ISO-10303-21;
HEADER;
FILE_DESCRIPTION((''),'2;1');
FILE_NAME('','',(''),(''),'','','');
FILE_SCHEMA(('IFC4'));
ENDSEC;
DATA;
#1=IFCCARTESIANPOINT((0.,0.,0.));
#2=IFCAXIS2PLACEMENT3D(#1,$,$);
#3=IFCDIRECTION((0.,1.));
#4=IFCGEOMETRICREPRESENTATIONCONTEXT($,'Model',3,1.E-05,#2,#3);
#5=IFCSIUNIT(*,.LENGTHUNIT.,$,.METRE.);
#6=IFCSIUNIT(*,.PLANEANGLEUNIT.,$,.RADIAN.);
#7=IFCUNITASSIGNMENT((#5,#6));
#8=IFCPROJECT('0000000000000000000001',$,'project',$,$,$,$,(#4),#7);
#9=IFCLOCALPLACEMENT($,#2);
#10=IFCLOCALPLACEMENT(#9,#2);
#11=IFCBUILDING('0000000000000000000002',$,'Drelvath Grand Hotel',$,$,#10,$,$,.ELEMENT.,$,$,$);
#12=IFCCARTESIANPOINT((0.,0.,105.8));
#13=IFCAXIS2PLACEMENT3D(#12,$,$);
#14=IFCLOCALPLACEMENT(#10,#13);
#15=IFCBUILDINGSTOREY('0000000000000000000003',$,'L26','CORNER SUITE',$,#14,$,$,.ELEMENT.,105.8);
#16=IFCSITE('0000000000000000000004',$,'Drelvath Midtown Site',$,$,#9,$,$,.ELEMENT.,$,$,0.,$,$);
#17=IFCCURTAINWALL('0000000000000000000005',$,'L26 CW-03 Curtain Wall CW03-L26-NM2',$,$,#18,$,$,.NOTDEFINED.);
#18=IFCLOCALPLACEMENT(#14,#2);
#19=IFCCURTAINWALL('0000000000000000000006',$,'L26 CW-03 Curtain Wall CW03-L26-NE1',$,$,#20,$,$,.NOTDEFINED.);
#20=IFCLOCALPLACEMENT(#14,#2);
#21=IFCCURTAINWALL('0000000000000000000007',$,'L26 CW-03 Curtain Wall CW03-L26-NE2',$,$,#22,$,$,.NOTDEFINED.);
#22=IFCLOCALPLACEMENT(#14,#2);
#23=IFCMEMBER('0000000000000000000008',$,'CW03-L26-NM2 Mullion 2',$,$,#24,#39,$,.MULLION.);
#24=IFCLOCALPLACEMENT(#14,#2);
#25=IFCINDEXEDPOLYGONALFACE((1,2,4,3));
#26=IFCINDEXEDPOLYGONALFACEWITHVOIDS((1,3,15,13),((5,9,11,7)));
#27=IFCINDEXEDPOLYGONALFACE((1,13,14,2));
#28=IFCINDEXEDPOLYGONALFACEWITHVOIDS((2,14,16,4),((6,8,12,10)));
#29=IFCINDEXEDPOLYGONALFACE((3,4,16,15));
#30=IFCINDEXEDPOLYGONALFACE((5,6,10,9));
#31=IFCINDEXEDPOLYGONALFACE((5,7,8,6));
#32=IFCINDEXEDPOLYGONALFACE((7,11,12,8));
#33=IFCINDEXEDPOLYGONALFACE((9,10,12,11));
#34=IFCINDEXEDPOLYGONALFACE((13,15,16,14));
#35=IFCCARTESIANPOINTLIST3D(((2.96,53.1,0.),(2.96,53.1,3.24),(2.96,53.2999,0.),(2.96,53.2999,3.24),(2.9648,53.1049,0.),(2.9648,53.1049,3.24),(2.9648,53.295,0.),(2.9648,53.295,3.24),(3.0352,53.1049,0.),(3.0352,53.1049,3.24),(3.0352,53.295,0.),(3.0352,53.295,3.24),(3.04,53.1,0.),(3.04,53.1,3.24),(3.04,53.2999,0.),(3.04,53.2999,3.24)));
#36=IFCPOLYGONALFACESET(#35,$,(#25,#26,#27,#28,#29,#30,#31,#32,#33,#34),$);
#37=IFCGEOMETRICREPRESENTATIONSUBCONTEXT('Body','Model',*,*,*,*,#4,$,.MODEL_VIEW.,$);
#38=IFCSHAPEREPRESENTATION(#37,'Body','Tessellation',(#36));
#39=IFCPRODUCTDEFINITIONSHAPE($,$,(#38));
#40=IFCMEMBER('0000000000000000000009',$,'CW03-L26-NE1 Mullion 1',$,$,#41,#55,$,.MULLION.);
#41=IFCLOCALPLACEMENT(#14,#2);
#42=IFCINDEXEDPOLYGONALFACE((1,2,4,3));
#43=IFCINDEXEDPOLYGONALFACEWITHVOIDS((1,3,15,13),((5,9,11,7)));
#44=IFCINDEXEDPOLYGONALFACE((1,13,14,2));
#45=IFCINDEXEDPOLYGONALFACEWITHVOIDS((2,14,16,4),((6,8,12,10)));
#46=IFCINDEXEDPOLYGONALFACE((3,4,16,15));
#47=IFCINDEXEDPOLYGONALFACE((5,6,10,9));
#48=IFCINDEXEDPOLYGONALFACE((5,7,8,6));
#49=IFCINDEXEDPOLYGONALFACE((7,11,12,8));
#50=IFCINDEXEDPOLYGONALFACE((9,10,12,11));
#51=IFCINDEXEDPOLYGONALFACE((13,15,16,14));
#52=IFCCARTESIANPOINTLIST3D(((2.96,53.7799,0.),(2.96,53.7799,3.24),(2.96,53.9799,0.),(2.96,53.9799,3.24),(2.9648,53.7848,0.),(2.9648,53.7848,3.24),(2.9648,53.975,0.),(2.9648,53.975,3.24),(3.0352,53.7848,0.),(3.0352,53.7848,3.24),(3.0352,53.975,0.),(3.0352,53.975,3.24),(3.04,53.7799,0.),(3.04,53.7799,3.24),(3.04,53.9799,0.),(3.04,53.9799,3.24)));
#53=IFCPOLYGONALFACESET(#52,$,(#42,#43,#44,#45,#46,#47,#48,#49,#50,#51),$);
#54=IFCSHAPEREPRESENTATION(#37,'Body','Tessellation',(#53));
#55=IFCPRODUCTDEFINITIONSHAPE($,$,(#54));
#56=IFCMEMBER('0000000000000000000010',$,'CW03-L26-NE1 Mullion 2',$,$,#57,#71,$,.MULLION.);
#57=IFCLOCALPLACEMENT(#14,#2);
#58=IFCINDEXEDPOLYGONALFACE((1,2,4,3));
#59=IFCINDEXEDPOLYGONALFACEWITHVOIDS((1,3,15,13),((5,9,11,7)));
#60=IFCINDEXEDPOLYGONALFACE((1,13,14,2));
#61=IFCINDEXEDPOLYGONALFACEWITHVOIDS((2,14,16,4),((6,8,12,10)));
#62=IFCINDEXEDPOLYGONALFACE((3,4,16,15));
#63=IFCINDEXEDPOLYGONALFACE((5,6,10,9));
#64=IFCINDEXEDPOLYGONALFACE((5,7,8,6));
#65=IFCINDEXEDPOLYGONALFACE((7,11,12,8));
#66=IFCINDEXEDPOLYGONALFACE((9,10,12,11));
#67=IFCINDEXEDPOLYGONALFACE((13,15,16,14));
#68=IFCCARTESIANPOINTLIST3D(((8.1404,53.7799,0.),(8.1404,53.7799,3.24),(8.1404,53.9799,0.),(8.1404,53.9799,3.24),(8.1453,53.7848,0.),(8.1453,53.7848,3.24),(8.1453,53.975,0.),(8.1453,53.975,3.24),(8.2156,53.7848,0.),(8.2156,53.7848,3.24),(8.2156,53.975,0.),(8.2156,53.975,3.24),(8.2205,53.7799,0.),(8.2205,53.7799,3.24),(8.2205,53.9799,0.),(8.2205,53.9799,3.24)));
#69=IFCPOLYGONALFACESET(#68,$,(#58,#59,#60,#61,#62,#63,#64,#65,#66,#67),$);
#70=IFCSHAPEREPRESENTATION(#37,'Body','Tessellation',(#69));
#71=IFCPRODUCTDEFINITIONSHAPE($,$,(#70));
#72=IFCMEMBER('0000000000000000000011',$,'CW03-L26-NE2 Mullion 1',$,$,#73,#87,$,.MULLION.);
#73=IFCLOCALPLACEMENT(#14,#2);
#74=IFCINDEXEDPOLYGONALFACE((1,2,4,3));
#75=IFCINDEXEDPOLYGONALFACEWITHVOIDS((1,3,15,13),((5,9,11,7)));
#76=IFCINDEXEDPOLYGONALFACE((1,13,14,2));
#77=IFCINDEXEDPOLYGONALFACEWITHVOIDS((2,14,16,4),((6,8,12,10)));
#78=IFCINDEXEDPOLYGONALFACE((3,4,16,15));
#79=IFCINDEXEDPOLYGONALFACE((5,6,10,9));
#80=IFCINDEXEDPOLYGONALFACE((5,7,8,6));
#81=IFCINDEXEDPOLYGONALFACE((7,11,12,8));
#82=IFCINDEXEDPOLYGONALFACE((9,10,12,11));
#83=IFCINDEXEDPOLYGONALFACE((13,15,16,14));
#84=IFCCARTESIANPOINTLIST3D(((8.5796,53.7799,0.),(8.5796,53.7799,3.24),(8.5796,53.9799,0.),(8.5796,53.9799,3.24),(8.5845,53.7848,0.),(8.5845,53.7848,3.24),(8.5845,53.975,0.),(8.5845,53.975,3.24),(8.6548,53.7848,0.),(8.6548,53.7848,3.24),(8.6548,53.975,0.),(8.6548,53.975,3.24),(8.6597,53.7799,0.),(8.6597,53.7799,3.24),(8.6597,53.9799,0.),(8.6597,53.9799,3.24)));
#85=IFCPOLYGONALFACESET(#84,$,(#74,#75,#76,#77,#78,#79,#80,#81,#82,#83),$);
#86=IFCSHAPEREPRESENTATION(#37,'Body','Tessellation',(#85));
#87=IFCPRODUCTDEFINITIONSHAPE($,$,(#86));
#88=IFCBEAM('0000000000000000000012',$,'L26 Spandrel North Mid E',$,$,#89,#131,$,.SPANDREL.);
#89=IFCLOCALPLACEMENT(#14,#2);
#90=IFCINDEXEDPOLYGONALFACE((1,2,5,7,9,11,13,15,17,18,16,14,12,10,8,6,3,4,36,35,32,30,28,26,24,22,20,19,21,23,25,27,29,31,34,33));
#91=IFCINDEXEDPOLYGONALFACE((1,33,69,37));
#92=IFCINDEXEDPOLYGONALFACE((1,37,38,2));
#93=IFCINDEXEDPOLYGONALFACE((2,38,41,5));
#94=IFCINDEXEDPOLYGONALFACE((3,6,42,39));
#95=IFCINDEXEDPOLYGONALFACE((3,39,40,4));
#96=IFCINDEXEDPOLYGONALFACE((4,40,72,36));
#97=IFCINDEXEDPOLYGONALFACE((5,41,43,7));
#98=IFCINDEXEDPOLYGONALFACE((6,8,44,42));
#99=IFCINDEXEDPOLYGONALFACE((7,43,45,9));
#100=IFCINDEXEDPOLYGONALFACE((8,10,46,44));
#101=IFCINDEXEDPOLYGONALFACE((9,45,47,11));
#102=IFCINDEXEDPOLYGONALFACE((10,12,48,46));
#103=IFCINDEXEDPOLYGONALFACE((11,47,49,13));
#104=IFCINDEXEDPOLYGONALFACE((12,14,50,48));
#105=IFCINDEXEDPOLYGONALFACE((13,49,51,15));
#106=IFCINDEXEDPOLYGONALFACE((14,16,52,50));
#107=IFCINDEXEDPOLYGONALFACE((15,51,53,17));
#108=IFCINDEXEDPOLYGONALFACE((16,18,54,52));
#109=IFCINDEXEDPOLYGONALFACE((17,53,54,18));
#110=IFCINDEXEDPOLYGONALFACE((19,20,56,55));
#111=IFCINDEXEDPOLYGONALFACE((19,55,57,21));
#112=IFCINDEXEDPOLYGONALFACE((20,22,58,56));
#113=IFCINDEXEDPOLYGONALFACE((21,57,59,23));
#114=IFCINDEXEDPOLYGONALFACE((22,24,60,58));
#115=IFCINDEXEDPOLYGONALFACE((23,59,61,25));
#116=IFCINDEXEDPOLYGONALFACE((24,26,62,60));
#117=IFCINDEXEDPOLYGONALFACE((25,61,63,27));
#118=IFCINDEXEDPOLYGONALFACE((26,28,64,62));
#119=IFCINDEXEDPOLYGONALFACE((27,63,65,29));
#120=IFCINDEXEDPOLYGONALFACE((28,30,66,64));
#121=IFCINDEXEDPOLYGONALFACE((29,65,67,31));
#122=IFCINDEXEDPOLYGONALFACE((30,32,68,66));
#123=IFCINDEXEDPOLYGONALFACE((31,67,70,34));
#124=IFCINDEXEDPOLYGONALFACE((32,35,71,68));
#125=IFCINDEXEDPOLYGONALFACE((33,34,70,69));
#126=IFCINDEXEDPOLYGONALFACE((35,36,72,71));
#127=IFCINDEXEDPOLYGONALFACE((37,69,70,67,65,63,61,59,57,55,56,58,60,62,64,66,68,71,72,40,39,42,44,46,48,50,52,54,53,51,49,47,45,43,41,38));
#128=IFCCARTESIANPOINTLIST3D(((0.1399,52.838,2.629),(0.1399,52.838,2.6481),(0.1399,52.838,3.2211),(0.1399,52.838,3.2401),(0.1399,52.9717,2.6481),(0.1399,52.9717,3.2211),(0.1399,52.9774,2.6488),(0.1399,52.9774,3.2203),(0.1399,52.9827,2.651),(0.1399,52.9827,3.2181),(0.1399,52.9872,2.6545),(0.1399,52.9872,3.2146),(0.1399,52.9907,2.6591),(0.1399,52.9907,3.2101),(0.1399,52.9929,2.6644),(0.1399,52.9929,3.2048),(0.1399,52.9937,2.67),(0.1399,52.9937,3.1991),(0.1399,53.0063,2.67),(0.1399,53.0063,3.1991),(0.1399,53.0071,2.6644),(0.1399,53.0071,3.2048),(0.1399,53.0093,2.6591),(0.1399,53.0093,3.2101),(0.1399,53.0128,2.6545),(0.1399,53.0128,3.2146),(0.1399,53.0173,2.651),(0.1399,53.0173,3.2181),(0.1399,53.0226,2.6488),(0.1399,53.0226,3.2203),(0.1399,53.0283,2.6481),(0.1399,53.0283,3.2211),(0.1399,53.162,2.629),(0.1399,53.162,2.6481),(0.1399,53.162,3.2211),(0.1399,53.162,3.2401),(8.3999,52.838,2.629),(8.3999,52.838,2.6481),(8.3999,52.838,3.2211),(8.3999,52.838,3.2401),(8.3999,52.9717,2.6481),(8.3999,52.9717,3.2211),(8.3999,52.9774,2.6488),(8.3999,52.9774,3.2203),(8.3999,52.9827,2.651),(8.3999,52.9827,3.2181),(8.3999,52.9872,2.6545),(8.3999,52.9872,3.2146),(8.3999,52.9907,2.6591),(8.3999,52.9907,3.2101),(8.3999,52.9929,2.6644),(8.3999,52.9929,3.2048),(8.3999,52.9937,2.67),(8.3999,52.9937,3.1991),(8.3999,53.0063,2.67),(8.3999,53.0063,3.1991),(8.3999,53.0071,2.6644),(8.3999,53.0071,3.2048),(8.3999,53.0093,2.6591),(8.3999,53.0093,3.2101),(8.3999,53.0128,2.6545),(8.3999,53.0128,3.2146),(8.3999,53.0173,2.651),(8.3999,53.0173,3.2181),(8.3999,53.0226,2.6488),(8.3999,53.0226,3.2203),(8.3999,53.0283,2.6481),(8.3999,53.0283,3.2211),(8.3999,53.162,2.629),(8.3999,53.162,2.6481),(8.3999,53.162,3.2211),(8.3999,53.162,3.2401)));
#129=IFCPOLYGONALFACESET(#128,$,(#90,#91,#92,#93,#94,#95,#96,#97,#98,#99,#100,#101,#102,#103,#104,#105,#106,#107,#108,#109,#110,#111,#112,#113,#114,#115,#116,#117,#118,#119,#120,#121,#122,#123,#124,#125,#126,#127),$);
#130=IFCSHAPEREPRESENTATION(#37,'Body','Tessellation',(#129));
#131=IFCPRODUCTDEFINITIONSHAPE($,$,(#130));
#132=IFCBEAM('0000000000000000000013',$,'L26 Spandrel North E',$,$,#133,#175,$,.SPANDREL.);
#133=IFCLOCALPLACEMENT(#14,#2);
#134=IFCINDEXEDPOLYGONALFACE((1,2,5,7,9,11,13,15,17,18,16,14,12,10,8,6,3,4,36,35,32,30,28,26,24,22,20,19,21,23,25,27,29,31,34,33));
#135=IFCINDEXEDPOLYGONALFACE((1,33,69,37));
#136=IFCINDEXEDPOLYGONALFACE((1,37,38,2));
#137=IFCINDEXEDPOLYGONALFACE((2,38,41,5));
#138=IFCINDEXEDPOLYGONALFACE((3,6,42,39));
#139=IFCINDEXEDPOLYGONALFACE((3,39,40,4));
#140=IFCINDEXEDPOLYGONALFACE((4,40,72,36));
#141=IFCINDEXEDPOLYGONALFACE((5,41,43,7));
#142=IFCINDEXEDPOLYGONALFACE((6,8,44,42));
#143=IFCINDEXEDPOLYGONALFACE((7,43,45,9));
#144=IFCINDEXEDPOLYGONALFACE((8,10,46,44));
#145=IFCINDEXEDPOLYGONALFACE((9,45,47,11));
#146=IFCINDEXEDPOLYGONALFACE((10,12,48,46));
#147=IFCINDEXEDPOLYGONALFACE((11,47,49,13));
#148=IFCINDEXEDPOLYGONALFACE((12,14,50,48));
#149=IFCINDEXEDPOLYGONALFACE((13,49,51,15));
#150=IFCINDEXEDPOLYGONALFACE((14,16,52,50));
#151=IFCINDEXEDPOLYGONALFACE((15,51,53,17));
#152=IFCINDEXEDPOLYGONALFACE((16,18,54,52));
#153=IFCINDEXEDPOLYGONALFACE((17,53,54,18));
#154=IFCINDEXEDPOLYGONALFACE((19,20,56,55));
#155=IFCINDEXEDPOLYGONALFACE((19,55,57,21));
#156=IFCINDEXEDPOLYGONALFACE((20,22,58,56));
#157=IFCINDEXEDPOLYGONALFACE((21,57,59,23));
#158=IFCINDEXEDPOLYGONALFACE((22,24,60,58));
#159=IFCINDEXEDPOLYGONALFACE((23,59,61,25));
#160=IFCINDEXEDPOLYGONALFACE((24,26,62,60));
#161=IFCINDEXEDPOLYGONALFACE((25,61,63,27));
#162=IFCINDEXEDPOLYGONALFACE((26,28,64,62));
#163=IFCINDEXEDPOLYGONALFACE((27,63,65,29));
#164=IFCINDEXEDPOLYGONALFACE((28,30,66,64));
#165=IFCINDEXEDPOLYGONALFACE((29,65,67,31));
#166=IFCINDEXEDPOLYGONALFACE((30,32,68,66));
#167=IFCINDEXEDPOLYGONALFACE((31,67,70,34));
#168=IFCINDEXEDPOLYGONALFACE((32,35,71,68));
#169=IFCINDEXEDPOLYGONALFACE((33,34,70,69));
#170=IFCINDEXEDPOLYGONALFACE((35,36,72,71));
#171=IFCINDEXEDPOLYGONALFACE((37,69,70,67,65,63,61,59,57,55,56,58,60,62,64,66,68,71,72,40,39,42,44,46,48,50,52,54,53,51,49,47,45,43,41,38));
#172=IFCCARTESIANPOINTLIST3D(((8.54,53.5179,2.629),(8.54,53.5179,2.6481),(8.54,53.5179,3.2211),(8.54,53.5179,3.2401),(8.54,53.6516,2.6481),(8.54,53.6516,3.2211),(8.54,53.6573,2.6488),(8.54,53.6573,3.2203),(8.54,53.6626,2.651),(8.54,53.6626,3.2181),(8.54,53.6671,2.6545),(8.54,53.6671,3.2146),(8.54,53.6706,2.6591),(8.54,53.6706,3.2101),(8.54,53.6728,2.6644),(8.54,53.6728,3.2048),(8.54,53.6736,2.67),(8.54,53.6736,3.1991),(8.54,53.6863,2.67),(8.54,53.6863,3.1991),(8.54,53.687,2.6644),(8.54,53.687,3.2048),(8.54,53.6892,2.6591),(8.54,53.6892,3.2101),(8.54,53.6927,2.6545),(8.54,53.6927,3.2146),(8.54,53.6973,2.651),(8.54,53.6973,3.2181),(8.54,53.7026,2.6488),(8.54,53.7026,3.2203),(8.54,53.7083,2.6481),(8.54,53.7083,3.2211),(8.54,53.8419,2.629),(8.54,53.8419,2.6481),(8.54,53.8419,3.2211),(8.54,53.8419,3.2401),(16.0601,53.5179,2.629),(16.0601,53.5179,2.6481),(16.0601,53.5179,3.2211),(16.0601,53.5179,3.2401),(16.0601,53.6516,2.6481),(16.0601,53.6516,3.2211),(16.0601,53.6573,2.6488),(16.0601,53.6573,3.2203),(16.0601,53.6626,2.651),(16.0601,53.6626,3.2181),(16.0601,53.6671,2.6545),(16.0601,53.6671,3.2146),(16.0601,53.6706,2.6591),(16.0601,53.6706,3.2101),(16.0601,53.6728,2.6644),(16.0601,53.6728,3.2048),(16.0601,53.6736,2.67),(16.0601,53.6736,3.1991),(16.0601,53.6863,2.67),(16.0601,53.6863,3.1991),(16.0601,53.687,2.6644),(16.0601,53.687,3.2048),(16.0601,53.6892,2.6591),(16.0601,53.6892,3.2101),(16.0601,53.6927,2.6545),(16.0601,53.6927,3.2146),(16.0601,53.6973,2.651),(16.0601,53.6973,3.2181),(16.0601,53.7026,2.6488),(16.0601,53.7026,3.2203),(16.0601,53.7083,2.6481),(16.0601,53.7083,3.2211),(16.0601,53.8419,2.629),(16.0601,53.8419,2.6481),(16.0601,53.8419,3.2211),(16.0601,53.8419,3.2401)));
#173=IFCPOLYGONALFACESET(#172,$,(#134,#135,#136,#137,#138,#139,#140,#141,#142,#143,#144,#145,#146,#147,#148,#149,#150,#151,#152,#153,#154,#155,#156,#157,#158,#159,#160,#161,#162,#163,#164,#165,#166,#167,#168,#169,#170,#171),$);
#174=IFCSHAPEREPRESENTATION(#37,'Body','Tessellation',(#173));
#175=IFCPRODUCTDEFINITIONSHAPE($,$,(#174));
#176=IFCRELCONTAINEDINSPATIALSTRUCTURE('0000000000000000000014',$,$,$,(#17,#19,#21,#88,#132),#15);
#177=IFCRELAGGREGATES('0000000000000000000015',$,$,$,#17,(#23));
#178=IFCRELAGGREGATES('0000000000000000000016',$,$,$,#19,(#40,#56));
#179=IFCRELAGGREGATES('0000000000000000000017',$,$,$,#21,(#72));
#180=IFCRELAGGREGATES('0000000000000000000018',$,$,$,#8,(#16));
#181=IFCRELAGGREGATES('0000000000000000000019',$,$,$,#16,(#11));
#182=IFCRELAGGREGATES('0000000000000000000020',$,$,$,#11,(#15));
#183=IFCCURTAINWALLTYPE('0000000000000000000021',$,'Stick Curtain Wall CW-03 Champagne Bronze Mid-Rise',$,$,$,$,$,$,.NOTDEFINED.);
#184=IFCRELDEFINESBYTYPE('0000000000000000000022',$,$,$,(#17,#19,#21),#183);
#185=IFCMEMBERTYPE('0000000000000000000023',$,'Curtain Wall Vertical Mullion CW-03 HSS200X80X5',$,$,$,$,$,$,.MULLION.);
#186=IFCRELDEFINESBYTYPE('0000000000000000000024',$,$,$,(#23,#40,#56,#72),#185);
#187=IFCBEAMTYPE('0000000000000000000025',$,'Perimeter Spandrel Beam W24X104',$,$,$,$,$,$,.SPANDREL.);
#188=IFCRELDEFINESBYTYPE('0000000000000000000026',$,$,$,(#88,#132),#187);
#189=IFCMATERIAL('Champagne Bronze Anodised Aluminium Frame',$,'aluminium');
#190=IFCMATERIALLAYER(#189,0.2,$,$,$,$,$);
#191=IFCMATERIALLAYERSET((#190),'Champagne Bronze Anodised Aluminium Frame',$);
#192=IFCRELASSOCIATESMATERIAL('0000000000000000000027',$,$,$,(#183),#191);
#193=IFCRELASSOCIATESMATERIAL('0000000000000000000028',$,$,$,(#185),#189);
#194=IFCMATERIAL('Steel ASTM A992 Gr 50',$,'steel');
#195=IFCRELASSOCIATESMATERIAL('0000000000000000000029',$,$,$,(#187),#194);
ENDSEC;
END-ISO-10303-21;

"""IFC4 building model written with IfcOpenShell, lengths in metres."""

from ifc_helpers import new_model, si_unit, direction, frame, origin, origin_2d, place, context, subcontext, project, spatial, hollow_rectangle, i_section, extrude, material, layer, layer_set, material_profile, profile_set, type_object, element, aggregate, save


model = new_model("IFC4")

# Units and contexts
model_context = context("Model", 3, precision=1e-05, world=origin(), true_north=direction((0.0, 1.0)))
body_context = subcontext(model_context, "Body", "Model", "MODEL_VIEW")
ifc_project = project(units=[si_unit("LENGTHUNIT", "METRE"), si_unit("PLANEANGLEUNIT", "RADIAN")], contexts=[model_context])

# Site, building, storey
site_placement = place(None, origin())
site = spatial("IfcSite", under=ifc_project, at=site_placement, Name="Drelvath Midtown Site", CompositionType="ELEMENT", RefElevation=0.0)
building_placement = place(site_placement, origin())
building = spatial("IfcBuilding", under=site, at=building_placement, Name="Drelvath Grand Hotel", CompositionType="ELEMENT")
storey_placement = place(building_placement, frame((0.0, 0.0, 105.8)))
storey = spatial("IfcBuildingStorey", under=building, at=storey_placement, Name="L26", Description="CORNER SUITE", CompositionType="ELEMENT", Elevation=105.8)

# Curtain walls
ifc_material_1 = material(Name="Champagne Bronze Anodised Aluminium Frame", Category="aluminium")
ifc_layer_1 = layer(ifc_material_1, 0.2)
ifc_layer_set_1 = layer_set([ifc_layer_1], Name="Champagne Bronze Anodised Aluminium Frame")
curtain_wall_type = type_object("IfcCurtainWallType", Name="Stick Curtain Wall CW-03 Champagne Bronze Mid-Rise", PredefinedType="NOTDEFINED", material=ifc_layer_set_1)
curtain_wall_1_placement = place(storey_placement, origin())
curtain_wall_1 = element("IfcCurtainWall", 1, at=curtain_wall_1_placement, inside=storey, type_object=curtain_wall_type, Name="L26 CW-03 Curtain Wall CW03-L26-NM2", PredefinedType="NOTDEFINED")
curtain_wall_2_placement = place(storey_placement, origin())
curtain_wall_2 = element("IfcCurtainWall", 2, at=curtain_wall_2_placement, inside=storey, type_object=curtain_wall_type, Name="L26 CW-03 Curtain Wall CW03-L26-NE1", PredefinedType="NOTDEFINED")
curtain_wall_3_placement = place(storey_placement, origin())
curtain_wall_3 = element("IfcCurtainWall", 3, at=curtain_wall_3_placement, inside=storey, type_object=curtain_wall_type, Name="L26 CW-03 Curtain Wall CW03-L26-NE2", PredefinedType="NOTDEFINED")
ifc_material_profile_1 = material_profile(ifc_material_1, hollow_rectangle(XDim=0.0801, YDim=0.2, WallThickness=0.0049, at=origin_2d()), Name="HSS200X80X5")
ifc_profile_set_1 = profile_set([ifc_material_profile_1], Name="Champagne Bronze Anodised Aluminium Frame")
member_type_1 = type_object("IfcMemberType", Name="Curtain Wall Vertical Mullion CW-03 HSS200X80X5", PredefinedType="MULLION", material=ifc_profile_set_1)

# Members
member_1_placement = place(storey_placement, frame((3.0, 53.2, 0.0), z_axis=(0.0, 0.0, 1.0), x_axis=(1.0, 0.0, 0.0)))
member_1 = element("IfcMember", 4, at=member_1_placement, type_object=member_type_1, Name="CW03-L26-NM2 Mullion 2", PredefinedType="MULLION", context=body_context, shape_type="SweptSolid", body=[
    extrude(hollow_rectangle(XDim=0.0801, YDim=0.2, WallThickness=0.0049, at=origin_2d()), origin(), (0.0, 0.0, 1.0), 3.24),
])
member_2_placement = place(storey_placement, frame((3.0, 53.8799, 0.0), z_axis=(0.0, 0.0, 1.0), x_axis=(1.0, 0.0, 0.0)))
member_2 = element("IfcMember", 5, at=member_2_placement, type_object=member_type_1, Name="CW03-L26-NE1 Mullion 1", PredefinedType="MULLION", context=body_context, shape_type="SweptSolid", body=[
    extrude(hollow_rectangle(XDim=0.0801, YDim=0.2, WallThickness=0.0049, at=origin_2d()), origin(), (0.0, 0.0, 1.0), 3.24),
])
member_3_placement = place(storey_placement, frame((8.1804, 53.8799, 0.0), z_axis=(0.0, 0.0, 1.0), x_axis=(1.0, 0.0, 0.0)))
member_3 = element("IfcMember", 6, at=member_3_placement, type_object=member_type_1, Name="CW03-L26-NE1 Mullion 2", PredefinedType="MULLION", context=body_context, shape_type="SweptSolid", body=[
    extrude(hollow_rectangle(XDim=0.0801, YDim=0.2, WallThickness=0.0049, at=origin_2d()), origin(), (0.0, 0.0, 1.0), 3.24),
])
member_4_placement = place(storey_placement, frame((8.6196, 53.8799, 0.0), z_axis=(0.0, 0.0, 1.0), x_axis=(1.0, 0.0, 0.0)))
member_4 = element("IfcMember", 7, at=member_4_placement, type_object=member_type_1, Name="CW03-L26-NE2 Mullion 1", PredefinedType="MULLION", context=body_context, shape_type="SweptSolid", body=[
    extrude(hollow_rectangle(XDim=0.0801, YDim=0.2, WallThickness=0.0049, at=origin_2d()), origin(), (0.0, 0.0, 1.0), 3.24),
])

# Beams
ifc_material_2 = material(Name="Steel ASTM A992 Gr 50", Category="steel")
ifc_material_profile_2 = material_profile(ifc_material_2, i_section(OverallWidth=0.324, OverallDepth=0.6111, WebThickness=0.0127, FlangeThickness=0.019, FilletRadius=0.022, at=origin_2d()), Name="W24X104")
ifc_profile_set_2 = profile_set([ifc_material_profile_2], Name="Steel ASTM A992 Gr 50")
beam_type_1 = type_object("IfcBeamType", Name="Perimeter Spandrel Beam W24X104", PredefinedType="SPANDREL", material=ifc_profile_set_2)
beam_1_placement = place(storey_placement, frame((0.1399, 53.0, 2.9346), z_axis=(1.0, 0.0, 0.0), x_axis=(0.0, 1.0, 0.0)))
element("IfcBeam", 8, at=beam_1_placement, inside=storey, type_object=beam_type_1, Name="L26 Spandrel North Mid E", PredefinedType="SPANDREL", context=body_context, shape_type="SweptSolid", body=[
    extrude(i_section(OverallWidth=0.324, OverallDepth=0.6111, WebThickness=0.0127, FlangeThickness=0.019, FilletRadius=0.022, at=origin_2d()), origin(), (0.0, 0.0, 1.0), 8.26),
])
beam_2_placement = place(storey_placement, frame((8.54, 53.6799, 2.9346), z_axis=(1.0, 0.0, 0.0), x_axis=(0.0, 1.0, 0.0)))
element("IfcBeam", 9, at=beam_2_placement, inside=storey, type_object=beam_type_1, Name="L26 Spandrel North E", PredefinedType="SPANDREL", context=body_context, shape_type="SweptSolid", body=[
    extrude(i_section(OverallWidth=0.324, OverallDepth=0.6111, WebThickness=0.0127, FlangeThickness=0.019, FilletRadius=0.022, at=origin_2d()), origin(), (0.0, 0.0, 1.0), 7.52),
])

aggregate(curtain_wall_1, [member_1])
aggregate(curtain_wall_2, [member_2, member_3])
aggregate(curtain_wall_3, [member_4])

save(model, "model.ifc")
